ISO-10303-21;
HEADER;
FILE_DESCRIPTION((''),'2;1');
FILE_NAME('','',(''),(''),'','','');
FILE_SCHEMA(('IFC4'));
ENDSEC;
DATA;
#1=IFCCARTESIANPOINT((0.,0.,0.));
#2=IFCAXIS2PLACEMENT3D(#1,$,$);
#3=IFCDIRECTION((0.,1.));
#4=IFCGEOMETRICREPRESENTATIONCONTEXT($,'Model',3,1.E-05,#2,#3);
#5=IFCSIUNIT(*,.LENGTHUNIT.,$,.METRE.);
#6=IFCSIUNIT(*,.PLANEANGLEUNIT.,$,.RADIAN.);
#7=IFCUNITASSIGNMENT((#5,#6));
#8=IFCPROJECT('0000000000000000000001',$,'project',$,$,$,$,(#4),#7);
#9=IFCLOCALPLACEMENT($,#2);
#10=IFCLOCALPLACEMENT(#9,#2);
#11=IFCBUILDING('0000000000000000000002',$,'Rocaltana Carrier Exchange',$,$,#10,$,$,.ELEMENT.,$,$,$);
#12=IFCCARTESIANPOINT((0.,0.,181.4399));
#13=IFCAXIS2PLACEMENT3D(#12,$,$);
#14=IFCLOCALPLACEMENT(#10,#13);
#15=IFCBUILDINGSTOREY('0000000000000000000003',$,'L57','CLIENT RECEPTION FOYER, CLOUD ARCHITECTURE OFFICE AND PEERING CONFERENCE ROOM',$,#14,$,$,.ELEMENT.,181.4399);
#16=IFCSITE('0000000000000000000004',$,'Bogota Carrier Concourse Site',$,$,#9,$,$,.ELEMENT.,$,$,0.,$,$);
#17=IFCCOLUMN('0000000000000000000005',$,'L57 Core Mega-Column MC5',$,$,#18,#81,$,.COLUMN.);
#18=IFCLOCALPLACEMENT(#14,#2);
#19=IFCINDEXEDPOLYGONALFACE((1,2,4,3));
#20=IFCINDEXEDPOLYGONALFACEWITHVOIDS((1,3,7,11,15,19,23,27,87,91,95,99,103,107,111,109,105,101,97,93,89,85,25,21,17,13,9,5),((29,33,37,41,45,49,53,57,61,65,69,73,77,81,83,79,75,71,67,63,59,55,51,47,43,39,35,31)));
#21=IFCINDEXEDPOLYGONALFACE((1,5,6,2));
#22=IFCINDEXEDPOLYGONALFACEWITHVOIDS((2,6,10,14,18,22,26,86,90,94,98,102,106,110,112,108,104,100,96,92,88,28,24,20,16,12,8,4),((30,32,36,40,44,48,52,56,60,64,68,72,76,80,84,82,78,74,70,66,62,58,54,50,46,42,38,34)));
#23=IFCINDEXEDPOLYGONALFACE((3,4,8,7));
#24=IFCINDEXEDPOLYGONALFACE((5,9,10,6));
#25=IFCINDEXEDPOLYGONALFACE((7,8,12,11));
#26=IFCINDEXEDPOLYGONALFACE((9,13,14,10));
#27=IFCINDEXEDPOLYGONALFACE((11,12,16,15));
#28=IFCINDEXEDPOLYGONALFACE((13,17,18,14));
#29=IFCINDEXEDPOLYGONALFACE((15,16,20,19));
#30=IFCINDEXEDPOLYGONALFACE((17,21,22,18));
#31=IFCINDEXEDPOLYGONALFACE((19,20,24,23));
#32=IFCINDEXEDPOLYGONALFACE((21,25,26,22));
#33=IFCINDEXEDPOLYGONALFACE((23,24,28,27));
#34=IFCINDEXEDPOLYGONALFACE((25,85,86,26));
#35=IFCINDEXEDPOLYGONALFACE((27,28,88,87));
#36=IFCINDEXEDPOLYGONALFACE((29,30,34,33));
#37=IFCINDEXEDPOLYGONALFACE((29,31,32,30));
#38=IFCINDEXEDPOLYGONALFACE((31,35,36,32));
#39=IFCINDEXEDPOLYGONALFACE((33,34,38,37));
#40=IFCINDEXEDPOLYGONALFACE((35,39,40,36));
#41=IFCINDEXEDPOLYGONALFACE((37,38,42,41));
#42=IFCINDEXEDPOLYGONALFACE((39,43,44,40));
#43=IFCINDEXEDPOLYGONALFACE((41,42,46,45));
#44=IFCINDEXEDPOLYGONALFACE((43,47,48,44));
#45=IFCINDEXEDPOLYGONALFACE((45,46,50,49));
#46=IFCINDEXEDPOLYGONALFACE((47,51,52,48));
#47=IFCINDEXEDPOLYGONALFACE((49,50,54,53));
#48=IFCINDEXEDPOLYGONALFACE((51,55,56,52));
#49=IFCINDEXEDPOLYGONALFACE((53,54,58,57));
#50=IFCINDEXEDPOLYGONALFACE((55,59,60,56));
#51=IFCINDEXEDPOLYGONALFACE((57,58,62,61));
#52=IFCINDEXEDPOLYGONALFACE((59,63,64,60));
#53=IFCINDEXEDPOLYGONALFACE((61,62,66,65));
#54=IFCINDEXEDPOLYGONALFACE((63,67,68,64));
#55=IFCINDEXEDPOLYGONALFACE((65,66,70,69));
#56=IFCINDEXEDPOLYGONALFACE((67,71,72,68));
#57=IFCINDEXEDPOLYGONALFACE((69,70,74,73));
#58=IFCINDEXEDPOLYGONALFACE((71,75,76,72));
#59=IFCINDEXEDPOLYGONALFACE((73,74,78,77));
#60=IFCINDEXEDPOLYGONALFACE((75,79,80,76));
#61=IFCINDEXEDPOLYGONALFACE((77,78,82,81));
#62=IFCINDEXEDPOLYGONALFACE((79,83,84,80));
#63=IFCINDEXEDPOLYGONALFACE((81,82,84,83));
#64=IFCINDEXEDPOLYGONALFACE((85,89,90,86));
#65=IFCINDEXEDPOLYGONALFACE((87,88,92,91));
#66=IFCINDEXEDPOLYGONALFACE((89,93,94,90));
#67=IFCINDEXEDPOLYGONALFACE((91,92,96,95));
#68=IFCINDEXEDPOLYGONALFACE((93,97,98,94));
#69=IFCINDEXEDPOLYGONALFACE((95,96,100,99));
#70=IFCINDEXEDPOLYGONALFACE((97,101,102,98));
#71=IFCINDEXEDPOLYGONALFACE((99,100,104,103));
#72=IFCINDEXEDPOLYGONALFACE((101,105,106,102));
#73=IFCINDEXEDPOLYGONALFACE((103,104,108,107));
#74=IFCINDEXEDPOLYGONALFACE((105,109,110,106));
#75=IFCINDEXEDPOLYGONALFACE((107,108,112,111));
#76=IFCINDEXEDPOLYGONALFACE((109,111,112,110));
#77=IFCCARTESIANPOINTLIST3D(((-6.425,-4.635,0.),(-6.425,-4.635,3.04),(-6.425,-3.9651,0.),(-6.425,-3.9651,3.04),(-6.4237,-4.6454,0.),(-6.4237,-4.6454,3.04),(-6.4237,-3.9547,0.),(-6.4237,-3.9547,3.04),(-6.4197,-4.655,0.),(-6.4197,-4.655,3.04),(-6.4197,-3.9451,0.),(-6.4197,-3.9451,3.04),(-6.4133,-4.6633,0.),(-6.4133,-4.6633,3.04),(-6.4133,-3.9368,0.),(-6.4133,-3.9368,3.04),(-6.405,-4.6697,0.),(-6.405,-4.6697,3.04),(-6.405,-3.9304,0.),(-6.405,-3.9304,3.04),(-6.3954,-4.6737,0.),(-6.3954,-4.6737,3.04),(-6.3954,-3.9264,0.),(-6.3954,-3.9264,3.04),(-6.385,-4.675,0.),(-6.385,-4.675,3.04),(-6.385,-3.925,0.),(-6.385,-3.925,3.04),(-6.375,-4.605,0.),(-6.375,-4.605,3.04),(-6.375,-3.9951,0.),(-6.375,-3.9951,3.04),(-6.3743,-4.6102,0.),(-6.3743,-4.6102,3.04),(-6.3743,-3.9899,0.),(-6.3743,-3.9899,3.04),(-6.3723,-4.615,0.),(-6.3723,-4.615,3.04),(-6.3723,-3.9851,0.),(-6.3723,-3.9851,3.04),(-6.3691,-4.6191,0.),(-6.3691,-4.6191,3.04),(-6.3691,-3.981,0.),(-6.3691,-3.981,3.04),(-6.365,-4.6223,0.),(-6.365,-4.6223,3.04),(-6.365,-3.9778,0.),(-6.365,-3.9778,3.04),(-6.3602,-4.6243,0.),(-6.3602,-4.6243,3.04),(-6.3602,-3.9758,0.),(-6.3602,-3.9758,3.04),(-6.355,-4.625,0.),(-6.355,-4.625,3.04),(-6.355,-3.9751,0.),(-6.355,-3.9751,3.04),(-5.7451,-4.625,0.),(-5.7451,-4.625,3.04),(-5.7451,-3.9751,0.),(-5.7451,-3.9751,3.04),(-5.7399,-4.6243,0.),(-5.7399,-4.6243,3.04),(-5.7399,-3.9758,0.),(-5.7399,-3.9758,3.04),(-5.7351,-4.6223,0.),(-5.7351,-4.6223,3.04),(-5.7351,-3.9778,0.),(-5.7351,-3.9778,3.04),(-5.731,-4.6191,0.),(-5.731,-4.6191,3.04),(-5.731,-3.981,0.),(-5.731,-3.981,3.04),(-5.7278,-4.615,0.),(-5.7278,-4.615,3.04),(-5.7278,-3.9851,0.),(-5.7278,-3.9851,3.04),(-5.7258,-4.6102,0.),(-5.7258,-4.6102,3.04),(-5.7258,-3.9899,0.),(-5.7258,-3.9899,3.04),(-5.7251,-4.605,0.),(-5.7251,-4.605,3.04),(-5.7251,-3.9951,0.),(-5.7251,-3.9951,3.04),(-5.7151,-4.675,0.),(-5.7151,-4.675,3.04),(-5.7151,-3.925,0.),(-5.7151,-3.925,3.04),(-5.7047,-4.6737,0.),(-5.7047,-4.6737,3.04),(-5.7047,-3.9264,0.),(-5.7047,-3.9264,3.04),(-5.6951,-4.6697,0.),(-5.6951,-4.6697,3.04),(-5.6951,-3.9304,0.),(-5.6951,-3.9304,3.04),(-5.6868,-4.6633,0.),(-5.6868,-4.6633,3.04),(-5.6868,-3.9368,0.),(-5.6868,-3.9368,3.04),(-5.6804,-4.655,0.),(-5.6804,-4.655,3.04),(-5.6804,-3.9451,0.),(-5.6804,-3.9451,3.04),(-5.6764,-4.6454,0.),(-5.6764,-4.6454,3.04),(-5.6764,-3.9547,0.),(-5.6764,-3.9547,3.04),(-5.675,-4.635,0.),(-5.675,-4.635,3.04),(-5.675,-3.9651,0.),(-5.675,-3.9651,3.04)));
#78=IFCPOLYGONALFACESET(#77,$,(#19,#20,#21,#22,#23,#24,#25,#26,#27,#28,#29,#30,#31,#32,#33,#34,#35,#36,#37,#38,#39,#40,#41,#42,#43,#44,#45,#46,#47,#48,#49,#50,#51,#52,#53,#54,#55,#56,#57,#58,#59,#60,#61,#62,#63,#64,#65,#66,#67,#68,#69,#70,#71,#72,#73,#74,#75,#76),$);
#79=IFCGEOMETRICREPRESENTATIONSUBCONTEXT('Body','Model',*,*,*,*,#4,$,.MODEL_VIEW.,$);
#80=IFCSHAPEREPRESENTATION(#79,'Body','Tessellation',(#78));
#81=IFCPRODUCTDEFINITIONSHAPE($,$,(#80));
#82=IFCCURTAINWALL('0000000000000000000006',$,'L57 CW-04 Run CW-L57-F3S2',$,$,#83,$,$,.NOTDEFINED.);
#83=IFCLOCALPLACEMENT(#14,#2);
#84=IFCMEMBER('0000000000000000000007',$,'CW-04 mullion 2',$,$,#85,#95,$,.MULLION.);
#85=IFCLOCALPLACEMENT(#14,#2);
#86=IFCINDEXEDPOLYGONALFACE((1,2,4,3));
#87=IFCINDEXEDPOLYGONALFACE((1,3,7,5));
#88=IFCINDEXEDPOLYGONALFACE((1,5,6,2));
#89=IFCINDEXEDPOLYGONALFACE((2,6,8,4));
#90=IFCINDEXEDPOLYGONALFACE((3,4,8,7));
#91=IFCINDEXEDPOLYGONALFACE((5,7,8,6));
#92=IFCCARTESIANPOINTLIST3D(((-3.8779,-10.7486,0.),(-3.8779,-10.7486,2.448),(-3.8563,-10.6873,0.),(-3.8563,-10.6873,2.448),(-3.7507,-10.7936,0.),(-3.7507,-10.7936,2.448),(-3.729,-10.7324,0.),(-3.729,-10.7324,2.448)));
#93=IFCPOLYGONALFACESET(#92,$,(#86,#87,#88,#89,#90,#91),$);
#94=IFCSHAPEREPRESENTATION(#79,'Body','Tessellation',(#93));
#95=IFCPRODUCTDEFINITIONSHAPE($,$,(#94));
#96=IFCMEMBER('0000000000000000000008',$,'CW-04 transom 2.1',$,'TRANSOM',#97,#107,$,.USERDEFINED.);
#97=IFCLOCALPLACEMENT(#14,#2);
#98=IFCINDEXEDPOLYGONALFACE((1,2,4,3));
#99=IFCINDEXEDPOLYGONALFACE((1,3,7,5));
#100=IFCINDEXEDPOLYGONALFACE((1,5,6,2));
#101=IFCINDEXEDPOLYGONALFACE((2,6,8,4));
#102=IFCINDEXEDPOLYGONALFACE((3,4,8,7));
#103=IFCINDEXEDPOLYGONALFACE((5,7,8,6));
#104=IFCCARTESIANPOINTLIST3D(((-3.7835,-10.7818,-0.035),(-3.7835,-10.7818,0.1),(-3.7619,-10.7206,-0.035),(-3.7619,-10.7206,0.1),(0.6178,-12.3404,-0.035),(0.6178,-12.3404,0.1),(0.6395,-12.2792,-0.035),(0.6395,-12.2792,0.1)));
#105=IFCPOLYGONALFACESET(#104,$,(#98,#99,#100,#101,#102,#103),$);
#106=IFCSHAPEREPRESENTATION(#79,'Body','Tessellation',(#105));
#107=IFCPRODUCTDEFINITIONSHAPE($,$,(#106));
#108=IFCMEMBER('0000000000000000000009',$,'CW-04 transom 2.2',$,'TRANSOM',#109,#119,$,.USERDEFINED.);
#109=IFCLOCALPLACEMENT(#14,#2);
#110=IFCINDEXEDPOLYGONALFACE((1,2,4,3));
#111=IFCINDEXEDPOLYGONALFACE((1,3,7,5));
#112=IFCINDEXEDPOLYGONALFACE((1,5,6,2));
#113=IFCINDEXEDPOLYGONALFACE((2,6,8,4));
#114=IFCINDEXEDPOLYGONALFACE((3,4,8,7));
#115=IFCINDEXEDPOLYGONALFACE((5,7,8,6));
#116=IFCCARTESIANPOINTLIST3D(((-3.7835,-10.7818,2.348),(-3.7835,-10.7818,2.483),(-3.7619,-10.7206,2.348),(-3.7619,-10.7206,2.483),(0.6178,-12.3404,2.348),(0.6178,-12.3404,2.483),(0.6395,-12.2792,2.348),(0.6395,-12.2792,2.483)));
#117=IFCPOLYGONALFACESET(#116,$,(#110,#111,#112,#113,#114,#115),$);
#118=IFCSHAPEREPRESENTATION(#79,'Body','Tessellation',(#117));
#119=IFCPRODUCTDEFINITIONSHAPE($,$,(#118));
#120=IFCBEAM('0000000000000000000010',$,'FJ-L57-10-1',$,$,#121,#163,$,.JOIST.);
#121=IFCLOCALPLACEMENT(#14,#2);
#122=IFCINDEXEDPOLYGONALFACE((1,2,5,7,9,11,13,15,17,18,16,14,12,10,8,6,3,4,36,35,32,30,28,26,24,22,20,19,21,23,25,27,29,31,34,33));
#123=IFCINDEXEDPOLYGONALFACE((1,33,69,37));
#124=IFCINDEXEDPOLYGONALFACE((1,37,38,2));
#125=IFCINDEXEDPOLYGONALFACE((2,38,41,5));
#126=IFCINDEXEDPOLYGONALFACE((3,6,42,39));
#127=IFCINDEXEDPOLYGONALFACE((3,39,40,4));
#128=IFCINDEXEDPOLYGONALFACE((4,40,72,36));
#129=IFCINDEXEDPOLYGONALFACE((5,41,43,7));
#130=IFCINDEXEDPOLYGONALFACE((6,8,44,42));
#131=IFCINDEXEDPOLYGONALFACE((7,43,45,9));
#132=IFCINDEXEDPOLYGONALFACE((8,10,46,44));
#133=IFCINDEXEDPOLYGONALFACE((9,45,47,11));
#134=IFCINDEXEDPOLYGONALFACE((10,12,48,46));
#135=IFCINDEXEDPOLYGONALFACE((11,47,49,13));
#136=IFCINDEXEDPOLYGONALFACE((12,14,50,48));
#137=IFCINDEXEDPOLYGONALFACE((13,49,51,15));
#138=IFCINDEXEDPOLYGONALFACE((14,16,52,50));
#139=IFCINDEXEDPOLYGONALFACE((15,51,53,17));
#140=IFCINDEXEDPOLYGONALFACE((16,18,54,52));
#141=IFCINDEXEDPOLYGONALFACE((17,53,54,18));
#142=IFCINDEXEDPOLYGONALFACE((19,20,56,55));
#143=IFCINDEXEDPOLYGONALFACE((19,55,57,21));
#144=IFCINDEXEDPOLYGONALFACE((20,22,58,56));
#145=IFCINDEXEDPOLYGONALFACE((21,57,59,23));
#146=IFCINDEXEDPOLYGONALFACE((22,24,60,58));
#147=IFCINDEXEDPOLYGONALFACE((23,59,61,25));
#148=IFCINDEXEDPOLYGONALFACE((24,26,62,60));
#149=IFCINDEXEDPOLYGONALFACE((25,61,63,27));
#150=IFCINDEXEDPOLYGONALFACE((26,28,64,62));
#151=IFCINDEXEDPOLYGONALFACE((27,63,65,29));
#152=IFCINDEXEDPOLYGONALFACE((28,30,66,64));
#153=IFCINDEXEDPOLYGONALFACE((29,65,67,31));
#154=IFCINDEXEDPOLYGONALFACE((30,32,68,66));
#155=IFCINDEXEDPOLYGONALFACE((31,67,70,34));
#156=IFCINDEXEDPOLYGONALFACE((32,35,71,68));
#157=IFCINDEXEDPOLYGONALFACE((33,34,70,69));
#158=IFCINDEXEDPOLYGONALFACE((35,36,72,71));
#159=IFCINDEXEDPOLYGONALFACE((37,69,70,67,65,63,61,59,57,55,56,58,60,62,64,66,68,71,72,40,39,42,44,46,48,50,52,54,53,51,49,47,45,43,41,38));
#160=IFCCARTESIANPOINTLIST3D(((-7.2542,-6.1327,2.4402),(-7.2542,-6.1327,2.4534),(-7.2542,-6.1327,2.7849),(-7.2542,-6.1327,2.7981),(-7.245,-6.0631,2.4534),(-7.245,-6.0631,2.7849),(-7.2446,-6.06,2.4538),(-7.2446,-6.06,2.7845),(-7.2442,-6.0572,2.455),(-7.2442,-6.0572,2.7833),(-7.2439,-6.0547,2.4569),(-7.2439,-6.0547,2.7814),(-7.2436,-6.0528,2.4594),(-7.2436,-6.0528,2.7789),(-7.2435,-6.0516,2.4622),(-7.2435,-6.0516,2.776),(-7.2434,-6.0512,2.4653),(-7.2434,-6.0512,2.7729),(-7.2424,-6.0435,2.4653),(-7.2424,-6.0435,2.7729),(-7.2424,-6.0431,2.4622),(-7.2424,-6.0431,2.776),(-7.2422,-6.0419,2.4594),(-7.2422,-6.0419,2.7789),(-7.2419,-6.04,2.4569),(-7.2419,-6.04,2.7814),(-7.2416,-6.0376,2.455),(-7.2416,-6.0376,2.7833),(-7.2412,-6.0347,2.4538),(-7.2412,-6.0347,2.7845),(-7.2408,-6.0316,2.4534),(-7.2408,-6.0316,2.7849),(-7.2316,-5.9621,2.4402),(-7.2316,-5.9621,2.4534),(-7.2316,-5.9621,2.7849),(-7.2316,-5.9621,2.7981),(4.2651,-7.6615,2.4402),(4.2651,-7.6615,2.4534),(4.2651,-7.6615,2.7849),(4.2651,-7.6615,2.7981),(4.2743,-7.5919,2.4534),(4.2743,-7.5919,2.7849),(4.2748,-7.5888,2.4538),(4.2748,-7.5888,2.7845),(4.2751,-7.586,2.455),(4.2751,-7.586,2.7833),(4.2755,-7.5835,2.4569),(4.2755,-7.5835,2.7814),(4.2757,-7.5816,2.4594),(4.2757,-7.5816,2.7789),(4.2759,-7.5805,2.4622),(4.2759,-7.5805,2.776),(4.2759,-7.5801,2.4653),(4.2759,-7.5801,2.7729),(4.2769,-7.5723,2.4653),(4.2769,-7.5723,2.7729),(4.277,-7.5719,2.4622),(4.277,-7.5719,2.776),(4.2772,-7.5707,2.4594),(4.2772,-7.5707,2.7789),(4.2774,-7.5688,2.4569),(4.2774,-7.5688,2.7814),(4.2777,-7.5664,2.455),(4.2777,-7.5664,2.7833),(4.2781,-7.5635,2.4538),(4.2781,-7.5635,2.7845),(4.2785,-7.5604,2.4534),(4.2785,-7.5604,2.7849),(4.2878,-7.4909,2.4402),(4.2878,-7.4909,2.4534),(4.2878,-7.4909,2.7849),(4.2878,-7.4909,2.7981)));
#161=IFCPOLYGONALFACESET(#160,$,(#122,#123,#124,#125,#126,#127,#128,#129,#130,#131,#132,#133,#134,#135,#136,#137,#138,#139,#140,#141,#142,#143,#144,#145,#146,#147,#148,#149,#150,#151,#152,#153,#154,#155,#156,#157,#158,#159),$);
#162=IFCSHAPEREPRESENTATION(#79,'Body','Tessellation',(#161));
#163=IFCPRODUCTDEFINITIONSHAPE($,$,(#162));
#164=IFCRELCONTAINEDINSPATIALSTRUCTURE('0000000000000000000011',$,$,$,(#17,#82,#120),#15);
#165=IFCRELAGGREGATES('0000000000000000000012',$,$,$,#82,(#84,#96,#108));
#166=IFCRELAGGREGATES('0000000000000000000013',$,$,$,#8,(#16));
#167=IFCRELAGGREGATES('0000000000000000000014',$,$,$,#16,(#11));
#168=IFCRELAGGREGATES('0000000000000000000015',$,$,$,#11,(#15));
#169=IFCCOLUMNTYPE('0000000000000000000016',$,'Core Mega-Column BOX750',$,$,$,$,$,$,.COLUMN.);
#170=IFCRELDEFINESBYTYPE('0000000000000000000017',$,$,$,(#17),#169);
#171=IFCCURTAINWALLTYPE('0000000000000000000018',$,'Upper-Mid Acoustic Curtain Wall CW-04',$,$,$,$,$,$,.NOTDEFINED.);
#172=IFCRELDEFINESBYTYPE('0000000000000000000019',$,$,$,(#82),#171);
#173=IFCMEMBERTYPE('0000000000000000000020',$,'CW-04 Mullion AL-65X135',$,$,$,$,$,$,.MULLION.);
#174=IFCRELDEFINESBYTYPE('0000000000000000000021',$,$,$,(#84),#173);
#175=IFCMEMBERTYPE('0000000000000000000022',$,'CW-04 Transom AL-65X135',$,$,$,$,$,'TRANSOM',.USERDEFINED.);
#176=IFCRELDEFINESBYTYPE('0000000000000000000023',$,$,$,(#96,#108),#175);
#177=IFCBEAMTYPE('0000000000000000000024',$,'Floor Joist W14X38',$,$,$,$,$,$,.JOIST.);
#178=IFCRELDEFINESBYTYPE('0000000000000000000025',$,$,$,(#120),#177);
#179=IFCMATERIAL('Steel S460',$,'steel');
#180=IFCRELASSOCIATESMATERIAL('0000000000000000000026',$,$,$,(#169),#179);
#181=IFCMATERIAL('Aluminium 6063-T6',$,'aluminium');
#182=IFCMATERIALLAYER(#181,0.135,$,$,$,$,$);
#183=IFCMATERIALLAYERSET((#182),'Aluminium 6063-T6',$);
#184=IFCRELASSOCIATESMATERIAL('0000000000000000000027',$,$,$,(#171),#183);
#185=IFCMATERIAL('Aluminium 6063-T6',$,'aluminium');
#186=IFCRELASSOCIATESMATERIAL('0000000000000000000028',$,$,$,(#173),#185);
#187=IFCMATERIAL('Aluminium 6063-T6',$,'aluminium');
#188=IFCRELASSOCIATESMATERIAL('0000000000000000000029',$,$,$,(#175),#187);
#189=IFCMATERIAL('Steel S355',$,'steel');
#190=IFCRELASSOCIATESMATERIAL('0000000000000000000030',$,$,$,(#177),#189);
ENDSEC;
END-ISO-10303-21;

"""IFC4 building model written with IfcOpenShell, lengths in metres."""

from ifc_helpers import new_model, si_unit, direction, frame, origin, origin_2d, place, context, subcontext, project, spatial, rectangle, hollow_rectangle, i_section, extrude, material, layer, layer_set, material_profile, profile_set, type_object, element, aggregate, save


model = new_model("IFC4")

# Units and contexts
model_context = context("Model", 3, precision=1e-05, world=origin(), true_north=direction((0.0, 1.0)))
body_context = subcontext(model_context, "Body", "Model", "MODEL_VIEW")
ifc_project = project(units=[si_unit("LENGTHUNIT", "METRE"), si_unit("PLANEANGLEUNIT", "RADIAN")], contexts=[model_context])

# Site, building, storey
site_placement = place(None, origin())
site = spatial("IfcSite", under=ifc_project, at=site_placement, Name="Bogota Carrier Concourse Site", CompositionType="ELEMENT", RefElevation=0.0)
building_placement = place(site_placement, origin())
building = spatial("IfcBuilding", under=site, at=building_placement, Name="Rocaltana Carrier Exchange", CompositionType="ELEMENT")
storey_placement = place(building_placement, frame((0.0, 0.0, 181.4399)))
storey = spatial("IfcBuildingStorey", under=building, at=storey_placement, Name="L57", Description="CLIENT RECEPTION FOYER, CLOUD ARCHITECTURE OFFICE AND PEERING CONFERENCE ROOM", CompositionType="ELEMENT", Elevation=181.4399)

# Column
ifc_material_1 = material(Name="Steel S460", Category="steel")
ifc_material_profile_1 = material_profile(ifc_material_1, hollow_rectangle(XDim=0.75, YDim=0.75, WallThickness=0.05, InnerFilletRadius=0.02, OuterFilletRadius=0.04, at=origin_2d()), Name="BOX750X750X50")
ifc_profile_set_1 = profile_set([ifc_material_profile_1], Name="Steel S460")
column_type = type_object("IfcColumnType", Name="Core Mega-Column BOX750", PredefinedType="COLUMN", material=ifc_profile_set_1)
column_placement = place(storey_placement, frame((-6.05, -4.3, 0.0), z_axis=(0.0, 0.0, 1.0), x_axis=(1.0, 0.0, 0.0)))
element("IfcColumn", 1, at=column_placement, inside=storey, type_object=column_type, Name="L57 Core Mega-Column MC5", PredefinedType="COLUMN", context=body_context, shape_type="SweptSolid", body=[
    extrude(hollow_rectangle(XDim=0.75, YDim=0.75, WallThickness=0.05, InnerFilletRadius=0.02, OuterFilletRadius=0.04, at=origin_2d()), origin(), (0.0, 0.0, 1.0), 3.04),
])

# Curtain wall, members
ifc_material_2 = material(Name="Aluminium 6063-T6", Category="aluminium")
ifc_layer_1 = layer(ifc_material_2, 0.135)
ifc_layer_set_1 = layer_set([ifc_layer_1], Name="Aluminium 6063-T6")
curtain_wall_type = type_object("IfcCurtainWallType", Name="Upper-Mid Acoustic Curtain Wall CW-04", PredefinedType="NOTDEFINED", material=ifc_layer_set_1)
curtain_wall_placement = place(storey_placement, origin())
curtain_wall = element("IfcCurtainWall", 2, at=curtain_wall_placement, inside=storey, type_object=curtain_wall_type, Name="L57 CW-04 Run CW-L57-F3S2", PredefinedType="NOTDEFINED")
ifc_material_3 = material(Name="Aluminium 6063-T6", Category="aluminium")
ifc_material_profile_2 = material_profile(ifc_material_3, rectangle(XDim=0.0649, YDim=0.135, at=origin_2d()), Name="AL-65X135")
ifc_profile_set_2 = profile_set([ifc_material_profile_2], Name="Aluminium 6063-T6")
member_type_1 = type_object("IfcMemberType", Name="CW-04 Mullion AL-65X135", PredefinedType="MULLION", material=ifc_profile_set_2)
member_1_placement = place(storey_placement, frame((-3.8035, -10.7405, 0.0), z_axis=(0.0, 0.0, 1.0), x_axis=(0.333799, 0.942644, 0.0)))
member_1 = element("IfcMember", 3, at=member_1_placement, type_object=member_type_1, Name="CW-04 mullion 2", PredefinedType="MULLION", context=body_context, shape_type="SweptSolid", body=[
    extrude(rectangle(XDim=0.0649, YDim=0.135, at=origin_2d()), origin(), (0.0, 0.0, 1.0), 2.448),
])
ifc_material_4 = material(Name="Aluminium 6063-T6", Category="aluminium")
ifc_material_profile_3 = material_profile(ifc_material_4, rectangle(XDim=0.0649, YDim=0.135, at=origin_2d()), Name="AL-65X135")
ifc_profile_set_3 = profile_set([ifc_material_profile_3], Name="Aluminium 6063-T6")
member_type_2 = type_object("IfcMemberType", Name="CW-04 Transom AL-65X135", ElementType="TRANSOM", PredefinedType="USERDEFINED", material=ifc_profile_set_3)
member_2_placement = place(storey_placement, frame((-3.7727, -10.7512, 0.0325), z_axis=(0.942642, -0.333805, 0.0), x_axis=(0.333805, 0.942642, 0.0)))
member_2 = element("IfcMember", 4, at=member_2_placement, type_object=member_type_2, Name="CW-04 transom 2.1", ObjectType="TRANSOM", PredefinedType="USERDEFINED", context=body_context, shape_type="SweptSolid", body=[
    extrude(rectangle(XDim=0.0649, YDim=0.135, at=origin_2d()), origin(), (0.0, 0.0, 1.0), 4.6692),
])
member_3_placement = place(storey_placement, frame((-3.7727, -10.7512, 2.4155), z_axis=(0.942642, -0.333805, 0.0), x_axis=(0.333805, 0.942642, 0.0)))
member_3 = element("IfcMember", 5, at=member_3_placement, type_object=member_type_2, Name="CW-04 transom 2.2", ObjectType="TRANSOM", PredefinedType="USERDEFINED", context=body_context, shape_type="SweptSolid", body=[
    extrude(rectangle(XDim=0.0649, YDim=0.135, at=origin_2d()), origin(), (0.0, 0.0, 1.0), 4.6692),
])

# Beam
ifc_material_5 = material(Name="Steel S355", Category="steel")
ifc_material_profile_4 = material_profile(ifc_material_5, i_section(OverallWidth=0.1721, OverallDepth=0.3579, WebThickness=0.0078, FlangeThickness=0.0132, FilletRadius=0.012, at=origin_2d()), Name="W14X38")
ifc_profile_set_4 = profile_set([ifc_material_profile_4], Name="Steel S355")
beam_type_1 = type_object("IfcBeamType", Name="Floor Joist W14X38", PredefinedType="JOIST", material=ifc_profile_set_4)
beam_1_placement = place(storey_placement, frame((-7.2429, -6.0474, 2.6191), z_axis=(0.991308, -0.131564, 0.0), x_axis=(0.131564, 0.991308, 0.0)))
element("IfcBeam", 6, at=beam_1_placement, inside=storey, type_object=beam_type_1, Name="FJ-L57-10-1", PredefinedType="JOIST", context=body_context, shape_type="SweptSolid", body=[
    extrude(i_section(OverallWidth=0.1721, OverallDepth=0.3579, WebThickness=0.0078, FlangeThickness=0.0132, FilletRadius=0.012, at=origin_2d()), origin(), (0.0, 0.0, 1.0), 11.6204),
])

aggregate(curtain_wall, [member_1, member_2, member_3])

save(model, "model.ifc")
